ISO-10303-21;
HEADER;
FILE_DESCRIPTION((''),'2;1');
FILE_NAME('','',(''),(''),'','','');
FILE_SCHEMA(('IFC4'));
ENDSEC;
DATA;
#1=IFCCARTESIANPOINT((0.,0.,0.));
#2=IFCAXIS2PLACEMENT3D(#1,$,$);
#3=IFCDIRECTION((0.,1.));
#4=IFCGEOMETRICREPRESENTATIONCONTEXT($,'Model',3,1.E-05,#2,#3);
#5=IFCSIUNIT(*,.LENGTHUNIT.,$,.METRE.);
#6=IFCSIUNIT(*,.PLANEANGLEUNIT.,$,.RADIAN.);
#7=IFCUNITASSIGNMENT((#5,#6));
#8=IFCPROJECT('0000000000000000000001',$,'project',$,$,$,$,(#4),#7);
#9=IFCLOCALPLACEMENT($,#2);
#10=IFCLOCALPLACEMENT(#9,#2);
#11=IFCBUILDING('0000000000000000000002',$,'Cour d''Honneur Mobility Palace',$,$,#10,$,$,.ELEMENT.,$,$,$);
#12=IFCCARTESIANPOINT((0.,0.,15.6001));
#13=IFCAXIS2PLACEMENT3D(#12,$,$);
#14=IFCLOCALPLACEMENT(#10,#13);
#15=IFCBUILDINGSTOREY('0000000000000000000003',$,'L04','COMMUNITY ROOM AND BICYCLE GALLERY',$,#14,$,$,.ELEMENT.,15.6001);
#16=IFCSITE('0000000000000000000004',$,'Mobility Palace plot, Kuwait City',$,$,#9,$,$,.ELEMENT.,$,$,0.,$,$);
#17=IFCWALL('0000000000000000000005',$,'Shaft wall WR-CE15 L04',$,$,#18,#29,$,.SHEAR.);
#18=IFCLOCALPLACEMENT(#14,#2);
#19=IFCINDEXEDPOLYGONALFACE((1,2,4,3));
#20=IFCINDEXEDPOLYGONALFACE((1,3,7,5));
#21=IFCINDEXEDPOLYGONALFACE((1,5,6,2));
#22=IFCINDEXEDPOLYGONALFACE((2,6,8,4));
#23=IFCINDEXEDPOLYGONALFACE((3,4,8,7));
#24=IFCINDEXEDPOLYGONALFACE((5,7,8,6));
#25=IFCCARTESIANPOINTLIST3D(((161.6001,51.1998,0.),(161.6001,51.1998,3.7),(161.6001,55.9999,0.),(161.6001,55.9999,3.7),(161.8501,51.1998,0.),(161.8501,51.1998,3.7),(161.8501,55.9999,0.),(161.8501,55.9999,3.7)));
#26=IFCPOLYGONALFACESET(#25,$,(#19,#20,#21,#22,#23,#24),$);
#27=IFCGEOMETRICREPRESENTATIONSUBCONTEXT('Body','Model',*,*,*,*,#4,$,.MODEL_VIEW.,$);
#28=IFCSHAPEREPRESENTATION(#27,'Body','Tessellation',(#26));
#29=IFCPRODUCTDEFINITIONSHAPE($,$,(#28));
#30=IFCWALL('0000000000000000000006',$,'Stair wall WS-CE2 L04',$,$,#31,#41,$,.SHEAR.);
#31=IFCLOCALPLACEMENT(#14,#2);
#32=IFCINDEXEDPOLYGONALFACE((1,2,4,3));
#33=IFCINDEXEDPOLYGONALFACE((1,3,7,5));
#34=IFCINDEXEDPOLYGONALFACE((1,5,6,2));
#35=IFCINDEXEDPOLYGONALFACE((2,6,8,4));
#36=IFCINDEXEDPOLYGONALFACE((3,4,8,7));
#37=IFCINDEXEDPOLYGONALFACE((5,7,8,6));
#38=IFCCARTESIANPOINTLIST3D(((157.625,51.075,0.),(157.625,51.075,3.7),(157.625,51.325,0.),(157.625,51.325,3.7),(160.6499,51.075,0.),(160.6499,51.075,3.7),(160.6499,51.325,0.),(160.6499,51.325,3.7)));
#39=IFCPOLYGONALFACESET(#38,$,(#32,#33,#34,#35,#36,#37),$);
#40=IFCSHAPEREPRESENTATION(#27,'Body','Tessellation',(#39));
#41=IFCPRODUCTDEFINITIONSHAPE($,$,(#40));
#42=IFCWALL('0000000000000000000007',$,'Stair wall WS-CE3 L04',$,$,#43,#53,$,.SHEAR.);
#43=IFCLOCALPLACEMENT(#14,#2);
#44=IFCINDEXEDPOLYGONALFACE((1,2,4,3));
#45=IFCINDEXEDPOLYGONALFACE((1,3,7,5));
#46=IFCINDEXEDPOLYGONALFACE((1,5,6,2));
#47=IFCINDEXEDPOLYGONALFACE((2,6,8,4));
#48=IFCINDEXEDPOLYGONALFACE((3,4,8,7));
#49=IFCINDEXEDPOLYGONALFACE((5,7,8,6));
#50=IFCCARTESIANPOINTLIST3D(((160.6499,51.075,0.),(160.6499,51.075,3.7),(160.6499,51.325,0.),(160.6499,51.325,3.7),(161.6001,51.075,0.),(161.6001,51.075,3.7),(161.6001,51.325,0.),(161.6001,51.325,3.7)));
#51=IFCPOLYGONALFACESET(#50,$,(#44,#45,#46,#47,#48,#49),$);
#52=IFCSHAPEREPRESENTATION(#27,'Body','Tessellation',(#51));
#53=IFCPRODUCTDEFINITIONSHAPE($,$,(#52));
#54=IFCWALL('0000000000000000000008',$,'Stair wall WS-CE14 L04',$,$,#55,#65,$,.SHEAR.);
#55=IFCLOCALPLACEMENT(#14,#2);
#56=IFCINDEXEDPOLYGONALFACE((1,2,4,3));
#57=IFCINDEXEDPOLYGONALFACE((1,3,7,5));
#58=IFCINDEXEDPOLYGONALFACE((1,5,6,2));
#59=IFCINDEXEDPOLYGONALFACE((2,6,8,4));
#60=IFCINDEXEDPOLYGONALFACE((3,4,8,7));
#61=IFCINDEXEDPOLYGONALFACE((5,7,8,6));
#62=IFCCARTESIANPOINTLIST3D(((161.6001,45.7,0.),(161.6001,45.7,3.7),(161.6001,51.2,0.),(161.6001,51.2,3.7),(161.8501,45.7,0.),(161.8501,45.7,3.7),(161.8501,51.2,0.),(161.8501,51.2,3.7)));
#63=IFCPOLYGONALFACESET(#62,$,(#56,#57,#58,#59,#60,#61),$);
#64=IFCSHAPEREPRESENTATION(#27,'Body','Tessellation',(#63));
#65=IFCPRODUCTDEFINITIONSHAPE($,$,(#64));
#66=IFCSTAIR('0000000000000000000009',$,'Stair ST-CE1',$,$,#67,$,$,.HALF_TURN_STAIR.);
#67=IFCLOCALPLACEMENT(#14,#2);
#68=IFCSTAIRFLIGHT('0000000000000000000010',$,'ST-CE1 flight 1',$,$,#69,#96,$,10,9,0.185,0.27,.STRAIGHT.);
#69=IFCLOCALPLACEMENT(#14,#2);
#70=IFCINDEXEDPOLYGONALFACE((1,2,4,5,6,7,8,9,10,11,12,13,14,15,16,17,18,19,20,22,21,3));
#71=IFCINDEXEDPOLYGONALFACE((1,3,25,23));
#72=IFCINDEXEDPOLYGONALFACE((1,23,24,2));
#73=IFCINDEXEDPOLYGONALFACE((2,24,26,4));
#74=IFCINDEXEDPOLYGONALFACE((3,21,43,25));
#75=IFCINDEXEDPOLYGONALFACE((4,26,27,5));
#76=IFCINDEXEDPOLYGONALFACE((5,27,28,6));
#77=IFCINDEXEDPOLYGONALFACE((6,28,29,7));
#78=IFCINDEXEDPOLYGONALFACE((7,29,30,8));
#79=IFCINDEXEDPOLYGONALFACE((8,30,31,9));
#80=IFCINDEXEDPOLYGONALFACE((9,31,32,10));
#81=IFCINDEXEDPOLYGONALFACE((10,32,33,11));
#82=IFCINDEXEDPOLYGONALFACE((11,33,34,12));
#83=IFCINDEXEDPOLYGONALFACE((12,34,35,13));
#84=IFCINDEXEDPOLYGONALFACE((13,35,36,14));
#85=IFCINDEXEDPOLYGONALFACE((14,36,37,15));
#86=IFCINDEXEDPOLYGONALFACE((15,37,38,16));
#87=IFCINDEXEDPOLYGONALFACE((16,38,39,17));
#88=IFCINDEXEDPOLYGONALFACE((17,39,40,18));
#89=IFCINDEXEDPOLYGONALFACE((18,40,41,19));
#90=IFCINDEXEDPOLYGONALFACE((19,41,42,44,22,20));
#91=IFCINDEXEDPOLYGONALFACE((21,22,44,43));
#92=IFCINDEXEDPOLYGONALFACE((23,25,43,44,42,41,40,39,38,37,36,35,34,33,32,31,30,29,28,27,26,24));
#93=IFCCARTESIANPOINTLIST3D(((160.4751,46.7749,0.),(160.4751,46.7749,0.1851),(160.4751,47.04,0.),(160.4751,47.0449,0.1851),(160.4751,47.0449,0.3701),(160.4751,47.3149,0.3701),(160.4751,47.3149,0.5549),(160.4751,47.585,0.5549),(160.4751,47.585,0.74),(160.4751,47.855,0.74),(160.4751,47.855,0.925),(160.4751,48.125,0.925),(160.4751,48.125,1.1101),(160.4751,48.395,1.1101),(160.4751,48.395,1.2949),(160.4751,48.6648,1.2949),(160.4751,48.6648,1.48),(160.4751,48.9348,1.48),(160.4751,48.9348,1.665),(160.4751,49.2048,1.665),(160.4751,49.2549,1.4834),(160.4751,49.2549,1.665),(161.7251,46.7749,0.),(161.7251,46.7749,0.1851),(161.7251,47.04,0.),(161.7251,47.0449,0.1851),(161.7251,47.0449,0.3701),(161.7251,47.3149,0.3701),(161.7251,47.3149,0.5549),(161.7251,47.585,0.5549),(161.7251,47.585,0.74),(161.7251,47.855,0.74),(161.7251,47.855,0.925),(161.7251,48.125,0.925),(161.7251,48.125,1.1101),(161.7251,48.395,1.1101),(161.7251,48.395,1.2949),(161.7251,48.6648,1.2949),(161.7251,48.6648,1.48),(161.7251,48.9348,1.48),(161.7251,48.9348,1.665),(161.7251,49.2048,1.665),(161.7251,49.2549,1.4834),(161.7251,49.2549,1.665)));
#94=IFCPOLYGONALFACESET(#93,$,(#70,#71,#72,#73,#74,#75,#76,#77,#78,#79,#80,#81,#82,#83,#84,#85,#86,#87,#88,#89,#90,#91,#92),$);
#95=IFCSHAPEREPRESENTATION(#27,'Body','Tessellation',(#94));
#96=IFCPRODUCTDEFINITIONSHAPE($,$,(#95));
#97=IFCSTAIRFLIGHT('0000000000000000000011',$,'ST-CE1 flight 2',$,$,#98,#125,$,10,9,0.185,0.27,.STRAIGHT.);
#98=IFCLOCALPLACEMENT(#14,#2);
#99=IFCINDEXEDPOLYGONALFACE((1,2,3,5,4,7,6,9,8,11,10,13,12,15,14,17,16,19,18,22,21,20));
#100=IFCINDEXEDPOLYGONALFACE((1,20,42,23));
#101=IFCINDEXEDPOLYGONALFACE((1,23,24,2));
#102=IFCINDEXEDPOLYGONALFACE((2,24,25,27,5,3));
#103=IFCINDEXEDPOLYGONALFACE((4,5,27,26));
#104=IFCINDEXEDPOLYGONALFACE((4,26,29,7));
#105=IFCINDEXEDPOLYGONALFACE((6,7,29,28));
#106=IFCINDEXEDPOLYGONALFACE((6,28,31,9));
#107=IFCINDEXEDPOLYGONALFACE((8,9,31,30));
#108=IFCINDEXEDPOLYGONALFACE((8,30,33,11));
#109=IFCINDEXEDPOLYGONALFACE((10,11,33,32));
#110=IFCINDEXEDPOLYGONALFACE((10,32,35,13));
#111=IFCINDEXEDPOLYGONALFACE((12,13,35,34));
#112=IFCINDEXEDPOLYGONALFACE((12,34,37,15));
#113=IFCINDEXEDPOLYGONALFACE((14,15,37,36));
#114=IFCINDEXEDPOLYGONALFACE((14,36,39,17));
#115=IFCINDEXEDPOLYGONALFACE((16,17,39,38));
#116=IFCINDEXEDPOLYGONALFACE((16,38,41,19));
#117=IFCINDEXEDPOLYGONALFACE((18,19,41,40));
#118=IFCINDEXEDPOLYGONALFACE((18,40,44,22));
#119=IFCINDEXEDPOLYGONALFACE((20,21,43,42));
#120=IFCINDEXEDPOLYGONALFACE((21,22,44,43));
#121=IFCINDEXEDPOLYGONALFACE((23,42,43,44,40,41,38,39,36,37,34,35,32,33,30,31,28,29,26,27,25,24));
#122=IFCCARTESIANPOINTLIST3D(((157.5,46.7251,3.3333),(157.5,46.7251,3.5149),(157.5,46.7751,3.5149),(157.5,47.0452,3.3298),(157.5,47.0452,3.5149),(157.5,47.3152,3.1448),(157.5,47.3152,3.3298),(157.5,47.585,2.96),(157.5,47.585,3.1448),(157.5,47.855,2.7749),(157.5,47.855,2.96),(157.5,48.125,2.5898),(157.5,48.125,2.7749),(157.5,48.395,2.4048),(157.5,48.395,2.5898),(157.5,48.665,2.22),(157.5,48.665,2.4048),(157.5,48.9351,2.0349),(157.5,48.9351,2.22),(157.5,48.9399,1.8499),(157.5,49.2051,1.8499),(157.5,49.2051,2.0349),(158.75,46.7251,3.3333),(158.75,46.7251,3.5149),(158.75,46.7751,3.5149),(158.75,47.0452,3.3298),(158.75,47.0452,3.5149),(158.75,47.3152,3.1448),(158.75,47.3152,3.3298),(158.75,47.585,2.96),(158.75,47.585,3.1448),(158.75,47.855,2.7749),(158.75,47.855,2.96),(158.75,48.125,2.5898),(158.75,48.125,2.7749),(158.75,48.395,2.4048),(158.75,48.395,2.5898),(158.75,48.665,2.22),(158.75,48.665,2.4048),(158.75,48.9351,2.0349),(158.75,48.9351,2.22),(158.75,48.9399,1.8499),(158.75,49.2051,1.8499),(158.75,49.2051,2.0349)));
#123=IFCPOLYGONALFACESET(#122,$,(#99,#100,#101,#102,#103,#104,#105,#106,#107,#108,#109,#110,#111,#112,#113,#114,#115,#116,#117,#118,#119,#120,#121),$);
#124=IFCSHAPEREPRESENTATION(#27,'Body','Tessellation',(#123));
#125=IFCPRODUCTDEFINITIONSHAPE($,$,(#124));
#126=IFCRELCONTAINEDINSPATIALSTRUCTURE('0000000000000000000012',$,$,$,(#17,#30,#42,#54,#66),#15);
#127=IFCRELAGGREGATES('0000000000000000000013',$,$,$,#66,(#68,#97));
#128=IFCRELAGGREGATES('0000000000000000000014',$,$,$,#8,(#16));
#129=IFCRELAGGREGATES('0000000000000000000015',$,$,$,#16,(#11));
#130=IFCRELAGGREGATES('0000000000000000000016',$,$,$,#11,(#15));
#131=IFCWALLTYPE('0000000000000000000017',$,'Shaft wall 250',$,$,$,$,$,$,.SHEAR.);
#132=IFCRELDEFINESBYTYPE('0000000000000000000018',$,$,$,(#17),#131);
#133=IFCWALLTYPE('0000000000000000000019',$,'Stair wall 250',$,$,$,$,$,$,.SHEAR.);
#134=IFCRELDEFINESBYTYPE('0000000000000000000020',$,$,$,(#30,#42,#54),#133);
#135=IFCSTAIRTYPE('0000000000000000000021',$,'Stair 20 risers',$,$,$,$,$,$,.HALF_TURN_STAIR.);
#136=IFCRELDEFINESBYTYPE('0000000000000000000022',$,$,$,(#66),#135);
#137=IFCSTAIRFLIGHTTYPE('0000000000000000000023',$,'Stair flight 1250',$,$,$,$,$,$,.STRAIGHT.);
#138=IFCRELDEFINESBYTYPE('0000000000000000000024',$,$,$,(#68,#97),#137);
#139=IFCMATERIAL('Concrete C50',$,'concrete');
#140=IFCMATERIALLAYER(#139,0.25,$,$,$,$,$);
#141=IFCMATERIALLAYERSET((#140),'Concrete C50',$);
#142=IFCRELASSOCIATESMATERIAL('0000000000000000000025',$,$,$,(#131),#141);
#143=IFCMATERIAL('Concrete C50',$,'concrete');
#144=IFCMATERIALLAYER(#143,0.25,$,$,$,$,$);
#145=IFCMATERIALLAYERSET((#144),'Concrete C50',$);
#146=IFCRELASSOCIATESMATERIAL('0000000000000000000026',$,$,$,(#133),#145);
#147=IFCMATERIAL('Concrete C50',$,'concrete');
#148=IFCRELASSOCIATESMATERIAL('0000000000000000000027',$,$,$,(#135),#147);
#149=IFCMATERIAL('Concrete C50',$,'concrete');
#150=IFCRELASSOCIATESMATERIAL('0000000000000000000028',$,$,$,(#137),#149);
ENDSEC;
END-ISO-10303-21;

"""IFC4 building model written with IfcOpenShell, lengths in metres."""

from ifc_helpers import new_model, si_unit, direction, frame, frame_2d, origin, place, context, subcontext, project, spatial, polyline, rectangle, outline, extrude, material, layer, layer_set, type_object, element, aggregate, save


model = new_model("IFC4")

# Units and contexts
model_context = context("Model", 3, precision=1e-05, world=origin(), true_north=direction((0.0, 1.0)))
body_context = subcontext(model_context, "Body", "Model", "MODEL_VIEW")
ifc_project = project(units=[si_unit("LENGTHUNIT", "METRE"), si_unit("PLANEANGLEUNIT", "RADIAN")], contexts=[model_context])

# Site, building, storey
site_placement = place(None, origin())
site = spatial("IfcSite", under=ifc_project, at=site_placement, Name="Mobility Palace plot, Kuwait City", CompositionType="ELEMENT", RefElevation=0.0)
building_placement = place(site_placement, origin())
building = spatial("IfcBuilding", under=site, at=building_placement, Name="Cour d'Honneur Mobility Palace", CompositionType="ELEMENT")
storey_placement = place(building_placement, frame((0.0, 0.0, 15.6001)))
storey = spatial("IfcBuildingStorey", under=building, at=storey_placement, Name="L04", Description="COMMUNITY ROOM AND BICYCLE GALLERY", CompositionType="ELEMENT", Elevation=15.6001)

# Walls
ifc_material_1 = material(Name="Concrete C50", Category="concrete")
ifc_layer_1 = layer(ifc_material_1, 0.25)
ifc_layer_set_1 = layer_set([ifc_layer_1], Name="Concrete C50")
wall_type_1 = type_object("IfcWallType", Name="Shaft wall 250", PredefinedType="SHEAR", material=ifc_layer_set_1)
wall_1_placement = place(storey_placement, frame((161.7251, 51.2, 0.0), z_axis=(0.0, 0.0, 1.0), x_axis=(0.0, 1.0, 0.0)))
element("IfcWall", 1, at=wall_1_placement, inside=storey, type_object=wall_type_1, Name="Shaft wall WR-CE15 L04", PredefinedType="SHEAR", context=body_context, shape_type="SweptSolid", body=[
    extrude(rectangle(XDim=4.8, YDim=0.25, at=frame_2d((2.3999, 0.0))), origin(), (0.0, 0.0, 1.0), 3.7),
])
ifc_material_2 = material(Name="Concrete C50", Category="concrete")
ifc_layer_2 = layer(ifc_material_2, 0.25)
ifc_layer_set_2 = layer_set([ifc_layer_2], Name="Concrete C50")
wall_type_2 = type_object("IfcWallType", Name="Stair wall 250", PredefinedType="SHEAR", material=ifc_layer_set_2)
wall_2_placement = place(storey_placement, frame((157.625, 51.2, 0.0), z_axis=(0.0, 0.0, 1.0), x_axis=(1.0, 0.0, 0.0)))
element("IfcWall", 2, at=wall_2_placement, inside=storey, type_object=wall_type_2, Name="Stair wall WS-CE2 L04", PredefinedType="SHEAR", context=body_context, shape_type="SweptSolid", body=[
    extrude(rectangle(XDim=3.0249, YDim=0.25, at=frame_2d((1.5125, 0.0))), origin(), (0.0, 0.0, 1.0), 3.7),
])
wall_3_placement = place(storey_placement, frame((160.6499, 51.2, 0.0), z_axis=(0.0, 0.0, 1.0), x_axis=(1.0, 0.0, 0.0)))
element("IfcWall", 3, at=wall_3_placement, inside=storey, type_object=wall_type_2, Name="Stair wall WS-CE3 L04", PredefinedType="SHEAR", context=body_context, shape_type="SweptSolid", body=[
    extrude(rectangle(XDim=0.9502, YDim=0.25, at=frame_2d((0.4751, 0.0))), origin(), (0.0, 0.0, 1.0), 3.7),
])
wall_4_placement = place(storey_placement, frame((161.7251, 45.7, 0.0), z_axis=(0.0, 0.0, 1.0), x_axis=(0.0, 1.0, 0.0)))
element("IfcWall", 4, at=wall_4_placement, inside=storey, type_object=wall_type_2, Name="Stair wall WS-CE14 L04", PredefinedType="SHEAR", context=body_context, shape_type="SweptSolid", body=[
    extrude(rectangle(XDim=5.5, YDim=0.25, at=frame_2d((2.75, 0.0))), origin(), (0.0, 0.0, 1.0), 3.7),
])

# Stair, stair flights
ifc_material_3 = material(Name="Concrete C50", Category="concrete")
stair_type = type_object("IfcStairType", Name="Stair 20 risers", PredefinedType="HALF_TURN_STAIR", material=ifc_material_3)
stair_placement = place(storey_placement, origin())
stair = element("IfcStair", 5, at=stair_placement, inside=storey, type_object=stair_type, Name="Stair ST-CE1", PredefinedType="HALF_TURN_STAIR")
ifc_material_4 = material(Name="Concrete C50", Category="concrete")
stair_flight_type = type_object("IfcStairFlightType", Name="Stair flight 1250", PredefinedType="STRAIGHT", material=ifc_material_4)
stair_flight_1_placement = place(storey_placement, frame((161.1001, 46.7749, 0.0), z_axis=(0.0, 0.0, 1.0), x_axis=(0.0, 1.0, 0.0)))
stair_flight_1 = element("IfcStairFlight", 6, at=stair_flight_1_placement, type_object=stair_flight_type, Name="ST-CE1 flight 1", NumberOfRisers=10, NumberOfTreads=9, PredefinedType="STRAIGHT", RiserHeight=0.185, TreadLength=0.27, context=body_context, shape_type="SweptSolid", body=[
    extrude(outline(polyline([(0.0, 0.0), (0.0, 0.1851), (0.27, 0.1851), (0.27, 0.3701), (0.54, 0.3701), (0.54, 0.5549), (0.8101, 0.5549), (0.8101, 0.74), (1.0801, 0.74), (1.0801, 0.925), (1.3501, 0.925), (1.3501, 1.1101), (1.6201, 1.1101), (1.6201, 1.2949), (1.8899, 1.2949), (1.8899, 1.48), (2.1599, 1.48), (2.1599, 1.665), (2.4299, 1.665), (2.48, 1.665), (2.48, 1.4834), (0.2651, 0.0), (0.0, 0.0)])), frame((0.0, 0.625, 0.0), z_axis=(0.0, -1.0, 0.0), x_axis=(1.0, 0.0, 0.0)), (0.0, 0.0, 1.0), 1.25),
])
stair_flight_2_placement = place(storey_placement, frame((158.125, 49.2051, 1.8499), z_axis=(0.0, 0.0, 1.0), x_axis=(0.0, -1.0, 0.0)))
stair_flight_2 = element("IfcStairFlight", 7, at=stair_flight_2_placement, type_object=stair_flight_type, Name="ST-CE1 flight 2", NumberOfRisers=10, NumberOfTreads=9, PredefinedType="STRAIGHT", RiserHeight=0.185, TreadLength=0.27, context=body_context, shape_type="SweptSolid", body=[
    extrude(outline(polyline([(0.0, 0.0), (0.0, 0.1851), (0.27, 0.1851), (0.27, 0.3701), (0.54, 0.3701), (0.54, 0.5549), (0.8101, 0.5549), (0.8101, 0.74), (1.0801, 0.74), (1.0801, 0.925), (1.3501, 0.925), (1.3501, 1.1101), (1.6201, 1.1101), (1.6201, 1.2949), (1.8899, 1.2949), (1.8899, 1.48), (2.1599, 1.48), (2.1599, 1.665), (2.4299, 1.665), (2.48, 1.665), (2.48, 1.4834), (0.2651, 0.0), (0.0, 0.0)])), frame((0.0, 0.625, 0.0), z_axis=(0.0, -1.0, 0.0), x_axis=(1.0, 0.0, 0.0)), (0.0, 0.0, 1.0), 1.25),
])
aggregate(stair, [stair_flight_1, stair_flight_2])

save(model, "model.ifc")
